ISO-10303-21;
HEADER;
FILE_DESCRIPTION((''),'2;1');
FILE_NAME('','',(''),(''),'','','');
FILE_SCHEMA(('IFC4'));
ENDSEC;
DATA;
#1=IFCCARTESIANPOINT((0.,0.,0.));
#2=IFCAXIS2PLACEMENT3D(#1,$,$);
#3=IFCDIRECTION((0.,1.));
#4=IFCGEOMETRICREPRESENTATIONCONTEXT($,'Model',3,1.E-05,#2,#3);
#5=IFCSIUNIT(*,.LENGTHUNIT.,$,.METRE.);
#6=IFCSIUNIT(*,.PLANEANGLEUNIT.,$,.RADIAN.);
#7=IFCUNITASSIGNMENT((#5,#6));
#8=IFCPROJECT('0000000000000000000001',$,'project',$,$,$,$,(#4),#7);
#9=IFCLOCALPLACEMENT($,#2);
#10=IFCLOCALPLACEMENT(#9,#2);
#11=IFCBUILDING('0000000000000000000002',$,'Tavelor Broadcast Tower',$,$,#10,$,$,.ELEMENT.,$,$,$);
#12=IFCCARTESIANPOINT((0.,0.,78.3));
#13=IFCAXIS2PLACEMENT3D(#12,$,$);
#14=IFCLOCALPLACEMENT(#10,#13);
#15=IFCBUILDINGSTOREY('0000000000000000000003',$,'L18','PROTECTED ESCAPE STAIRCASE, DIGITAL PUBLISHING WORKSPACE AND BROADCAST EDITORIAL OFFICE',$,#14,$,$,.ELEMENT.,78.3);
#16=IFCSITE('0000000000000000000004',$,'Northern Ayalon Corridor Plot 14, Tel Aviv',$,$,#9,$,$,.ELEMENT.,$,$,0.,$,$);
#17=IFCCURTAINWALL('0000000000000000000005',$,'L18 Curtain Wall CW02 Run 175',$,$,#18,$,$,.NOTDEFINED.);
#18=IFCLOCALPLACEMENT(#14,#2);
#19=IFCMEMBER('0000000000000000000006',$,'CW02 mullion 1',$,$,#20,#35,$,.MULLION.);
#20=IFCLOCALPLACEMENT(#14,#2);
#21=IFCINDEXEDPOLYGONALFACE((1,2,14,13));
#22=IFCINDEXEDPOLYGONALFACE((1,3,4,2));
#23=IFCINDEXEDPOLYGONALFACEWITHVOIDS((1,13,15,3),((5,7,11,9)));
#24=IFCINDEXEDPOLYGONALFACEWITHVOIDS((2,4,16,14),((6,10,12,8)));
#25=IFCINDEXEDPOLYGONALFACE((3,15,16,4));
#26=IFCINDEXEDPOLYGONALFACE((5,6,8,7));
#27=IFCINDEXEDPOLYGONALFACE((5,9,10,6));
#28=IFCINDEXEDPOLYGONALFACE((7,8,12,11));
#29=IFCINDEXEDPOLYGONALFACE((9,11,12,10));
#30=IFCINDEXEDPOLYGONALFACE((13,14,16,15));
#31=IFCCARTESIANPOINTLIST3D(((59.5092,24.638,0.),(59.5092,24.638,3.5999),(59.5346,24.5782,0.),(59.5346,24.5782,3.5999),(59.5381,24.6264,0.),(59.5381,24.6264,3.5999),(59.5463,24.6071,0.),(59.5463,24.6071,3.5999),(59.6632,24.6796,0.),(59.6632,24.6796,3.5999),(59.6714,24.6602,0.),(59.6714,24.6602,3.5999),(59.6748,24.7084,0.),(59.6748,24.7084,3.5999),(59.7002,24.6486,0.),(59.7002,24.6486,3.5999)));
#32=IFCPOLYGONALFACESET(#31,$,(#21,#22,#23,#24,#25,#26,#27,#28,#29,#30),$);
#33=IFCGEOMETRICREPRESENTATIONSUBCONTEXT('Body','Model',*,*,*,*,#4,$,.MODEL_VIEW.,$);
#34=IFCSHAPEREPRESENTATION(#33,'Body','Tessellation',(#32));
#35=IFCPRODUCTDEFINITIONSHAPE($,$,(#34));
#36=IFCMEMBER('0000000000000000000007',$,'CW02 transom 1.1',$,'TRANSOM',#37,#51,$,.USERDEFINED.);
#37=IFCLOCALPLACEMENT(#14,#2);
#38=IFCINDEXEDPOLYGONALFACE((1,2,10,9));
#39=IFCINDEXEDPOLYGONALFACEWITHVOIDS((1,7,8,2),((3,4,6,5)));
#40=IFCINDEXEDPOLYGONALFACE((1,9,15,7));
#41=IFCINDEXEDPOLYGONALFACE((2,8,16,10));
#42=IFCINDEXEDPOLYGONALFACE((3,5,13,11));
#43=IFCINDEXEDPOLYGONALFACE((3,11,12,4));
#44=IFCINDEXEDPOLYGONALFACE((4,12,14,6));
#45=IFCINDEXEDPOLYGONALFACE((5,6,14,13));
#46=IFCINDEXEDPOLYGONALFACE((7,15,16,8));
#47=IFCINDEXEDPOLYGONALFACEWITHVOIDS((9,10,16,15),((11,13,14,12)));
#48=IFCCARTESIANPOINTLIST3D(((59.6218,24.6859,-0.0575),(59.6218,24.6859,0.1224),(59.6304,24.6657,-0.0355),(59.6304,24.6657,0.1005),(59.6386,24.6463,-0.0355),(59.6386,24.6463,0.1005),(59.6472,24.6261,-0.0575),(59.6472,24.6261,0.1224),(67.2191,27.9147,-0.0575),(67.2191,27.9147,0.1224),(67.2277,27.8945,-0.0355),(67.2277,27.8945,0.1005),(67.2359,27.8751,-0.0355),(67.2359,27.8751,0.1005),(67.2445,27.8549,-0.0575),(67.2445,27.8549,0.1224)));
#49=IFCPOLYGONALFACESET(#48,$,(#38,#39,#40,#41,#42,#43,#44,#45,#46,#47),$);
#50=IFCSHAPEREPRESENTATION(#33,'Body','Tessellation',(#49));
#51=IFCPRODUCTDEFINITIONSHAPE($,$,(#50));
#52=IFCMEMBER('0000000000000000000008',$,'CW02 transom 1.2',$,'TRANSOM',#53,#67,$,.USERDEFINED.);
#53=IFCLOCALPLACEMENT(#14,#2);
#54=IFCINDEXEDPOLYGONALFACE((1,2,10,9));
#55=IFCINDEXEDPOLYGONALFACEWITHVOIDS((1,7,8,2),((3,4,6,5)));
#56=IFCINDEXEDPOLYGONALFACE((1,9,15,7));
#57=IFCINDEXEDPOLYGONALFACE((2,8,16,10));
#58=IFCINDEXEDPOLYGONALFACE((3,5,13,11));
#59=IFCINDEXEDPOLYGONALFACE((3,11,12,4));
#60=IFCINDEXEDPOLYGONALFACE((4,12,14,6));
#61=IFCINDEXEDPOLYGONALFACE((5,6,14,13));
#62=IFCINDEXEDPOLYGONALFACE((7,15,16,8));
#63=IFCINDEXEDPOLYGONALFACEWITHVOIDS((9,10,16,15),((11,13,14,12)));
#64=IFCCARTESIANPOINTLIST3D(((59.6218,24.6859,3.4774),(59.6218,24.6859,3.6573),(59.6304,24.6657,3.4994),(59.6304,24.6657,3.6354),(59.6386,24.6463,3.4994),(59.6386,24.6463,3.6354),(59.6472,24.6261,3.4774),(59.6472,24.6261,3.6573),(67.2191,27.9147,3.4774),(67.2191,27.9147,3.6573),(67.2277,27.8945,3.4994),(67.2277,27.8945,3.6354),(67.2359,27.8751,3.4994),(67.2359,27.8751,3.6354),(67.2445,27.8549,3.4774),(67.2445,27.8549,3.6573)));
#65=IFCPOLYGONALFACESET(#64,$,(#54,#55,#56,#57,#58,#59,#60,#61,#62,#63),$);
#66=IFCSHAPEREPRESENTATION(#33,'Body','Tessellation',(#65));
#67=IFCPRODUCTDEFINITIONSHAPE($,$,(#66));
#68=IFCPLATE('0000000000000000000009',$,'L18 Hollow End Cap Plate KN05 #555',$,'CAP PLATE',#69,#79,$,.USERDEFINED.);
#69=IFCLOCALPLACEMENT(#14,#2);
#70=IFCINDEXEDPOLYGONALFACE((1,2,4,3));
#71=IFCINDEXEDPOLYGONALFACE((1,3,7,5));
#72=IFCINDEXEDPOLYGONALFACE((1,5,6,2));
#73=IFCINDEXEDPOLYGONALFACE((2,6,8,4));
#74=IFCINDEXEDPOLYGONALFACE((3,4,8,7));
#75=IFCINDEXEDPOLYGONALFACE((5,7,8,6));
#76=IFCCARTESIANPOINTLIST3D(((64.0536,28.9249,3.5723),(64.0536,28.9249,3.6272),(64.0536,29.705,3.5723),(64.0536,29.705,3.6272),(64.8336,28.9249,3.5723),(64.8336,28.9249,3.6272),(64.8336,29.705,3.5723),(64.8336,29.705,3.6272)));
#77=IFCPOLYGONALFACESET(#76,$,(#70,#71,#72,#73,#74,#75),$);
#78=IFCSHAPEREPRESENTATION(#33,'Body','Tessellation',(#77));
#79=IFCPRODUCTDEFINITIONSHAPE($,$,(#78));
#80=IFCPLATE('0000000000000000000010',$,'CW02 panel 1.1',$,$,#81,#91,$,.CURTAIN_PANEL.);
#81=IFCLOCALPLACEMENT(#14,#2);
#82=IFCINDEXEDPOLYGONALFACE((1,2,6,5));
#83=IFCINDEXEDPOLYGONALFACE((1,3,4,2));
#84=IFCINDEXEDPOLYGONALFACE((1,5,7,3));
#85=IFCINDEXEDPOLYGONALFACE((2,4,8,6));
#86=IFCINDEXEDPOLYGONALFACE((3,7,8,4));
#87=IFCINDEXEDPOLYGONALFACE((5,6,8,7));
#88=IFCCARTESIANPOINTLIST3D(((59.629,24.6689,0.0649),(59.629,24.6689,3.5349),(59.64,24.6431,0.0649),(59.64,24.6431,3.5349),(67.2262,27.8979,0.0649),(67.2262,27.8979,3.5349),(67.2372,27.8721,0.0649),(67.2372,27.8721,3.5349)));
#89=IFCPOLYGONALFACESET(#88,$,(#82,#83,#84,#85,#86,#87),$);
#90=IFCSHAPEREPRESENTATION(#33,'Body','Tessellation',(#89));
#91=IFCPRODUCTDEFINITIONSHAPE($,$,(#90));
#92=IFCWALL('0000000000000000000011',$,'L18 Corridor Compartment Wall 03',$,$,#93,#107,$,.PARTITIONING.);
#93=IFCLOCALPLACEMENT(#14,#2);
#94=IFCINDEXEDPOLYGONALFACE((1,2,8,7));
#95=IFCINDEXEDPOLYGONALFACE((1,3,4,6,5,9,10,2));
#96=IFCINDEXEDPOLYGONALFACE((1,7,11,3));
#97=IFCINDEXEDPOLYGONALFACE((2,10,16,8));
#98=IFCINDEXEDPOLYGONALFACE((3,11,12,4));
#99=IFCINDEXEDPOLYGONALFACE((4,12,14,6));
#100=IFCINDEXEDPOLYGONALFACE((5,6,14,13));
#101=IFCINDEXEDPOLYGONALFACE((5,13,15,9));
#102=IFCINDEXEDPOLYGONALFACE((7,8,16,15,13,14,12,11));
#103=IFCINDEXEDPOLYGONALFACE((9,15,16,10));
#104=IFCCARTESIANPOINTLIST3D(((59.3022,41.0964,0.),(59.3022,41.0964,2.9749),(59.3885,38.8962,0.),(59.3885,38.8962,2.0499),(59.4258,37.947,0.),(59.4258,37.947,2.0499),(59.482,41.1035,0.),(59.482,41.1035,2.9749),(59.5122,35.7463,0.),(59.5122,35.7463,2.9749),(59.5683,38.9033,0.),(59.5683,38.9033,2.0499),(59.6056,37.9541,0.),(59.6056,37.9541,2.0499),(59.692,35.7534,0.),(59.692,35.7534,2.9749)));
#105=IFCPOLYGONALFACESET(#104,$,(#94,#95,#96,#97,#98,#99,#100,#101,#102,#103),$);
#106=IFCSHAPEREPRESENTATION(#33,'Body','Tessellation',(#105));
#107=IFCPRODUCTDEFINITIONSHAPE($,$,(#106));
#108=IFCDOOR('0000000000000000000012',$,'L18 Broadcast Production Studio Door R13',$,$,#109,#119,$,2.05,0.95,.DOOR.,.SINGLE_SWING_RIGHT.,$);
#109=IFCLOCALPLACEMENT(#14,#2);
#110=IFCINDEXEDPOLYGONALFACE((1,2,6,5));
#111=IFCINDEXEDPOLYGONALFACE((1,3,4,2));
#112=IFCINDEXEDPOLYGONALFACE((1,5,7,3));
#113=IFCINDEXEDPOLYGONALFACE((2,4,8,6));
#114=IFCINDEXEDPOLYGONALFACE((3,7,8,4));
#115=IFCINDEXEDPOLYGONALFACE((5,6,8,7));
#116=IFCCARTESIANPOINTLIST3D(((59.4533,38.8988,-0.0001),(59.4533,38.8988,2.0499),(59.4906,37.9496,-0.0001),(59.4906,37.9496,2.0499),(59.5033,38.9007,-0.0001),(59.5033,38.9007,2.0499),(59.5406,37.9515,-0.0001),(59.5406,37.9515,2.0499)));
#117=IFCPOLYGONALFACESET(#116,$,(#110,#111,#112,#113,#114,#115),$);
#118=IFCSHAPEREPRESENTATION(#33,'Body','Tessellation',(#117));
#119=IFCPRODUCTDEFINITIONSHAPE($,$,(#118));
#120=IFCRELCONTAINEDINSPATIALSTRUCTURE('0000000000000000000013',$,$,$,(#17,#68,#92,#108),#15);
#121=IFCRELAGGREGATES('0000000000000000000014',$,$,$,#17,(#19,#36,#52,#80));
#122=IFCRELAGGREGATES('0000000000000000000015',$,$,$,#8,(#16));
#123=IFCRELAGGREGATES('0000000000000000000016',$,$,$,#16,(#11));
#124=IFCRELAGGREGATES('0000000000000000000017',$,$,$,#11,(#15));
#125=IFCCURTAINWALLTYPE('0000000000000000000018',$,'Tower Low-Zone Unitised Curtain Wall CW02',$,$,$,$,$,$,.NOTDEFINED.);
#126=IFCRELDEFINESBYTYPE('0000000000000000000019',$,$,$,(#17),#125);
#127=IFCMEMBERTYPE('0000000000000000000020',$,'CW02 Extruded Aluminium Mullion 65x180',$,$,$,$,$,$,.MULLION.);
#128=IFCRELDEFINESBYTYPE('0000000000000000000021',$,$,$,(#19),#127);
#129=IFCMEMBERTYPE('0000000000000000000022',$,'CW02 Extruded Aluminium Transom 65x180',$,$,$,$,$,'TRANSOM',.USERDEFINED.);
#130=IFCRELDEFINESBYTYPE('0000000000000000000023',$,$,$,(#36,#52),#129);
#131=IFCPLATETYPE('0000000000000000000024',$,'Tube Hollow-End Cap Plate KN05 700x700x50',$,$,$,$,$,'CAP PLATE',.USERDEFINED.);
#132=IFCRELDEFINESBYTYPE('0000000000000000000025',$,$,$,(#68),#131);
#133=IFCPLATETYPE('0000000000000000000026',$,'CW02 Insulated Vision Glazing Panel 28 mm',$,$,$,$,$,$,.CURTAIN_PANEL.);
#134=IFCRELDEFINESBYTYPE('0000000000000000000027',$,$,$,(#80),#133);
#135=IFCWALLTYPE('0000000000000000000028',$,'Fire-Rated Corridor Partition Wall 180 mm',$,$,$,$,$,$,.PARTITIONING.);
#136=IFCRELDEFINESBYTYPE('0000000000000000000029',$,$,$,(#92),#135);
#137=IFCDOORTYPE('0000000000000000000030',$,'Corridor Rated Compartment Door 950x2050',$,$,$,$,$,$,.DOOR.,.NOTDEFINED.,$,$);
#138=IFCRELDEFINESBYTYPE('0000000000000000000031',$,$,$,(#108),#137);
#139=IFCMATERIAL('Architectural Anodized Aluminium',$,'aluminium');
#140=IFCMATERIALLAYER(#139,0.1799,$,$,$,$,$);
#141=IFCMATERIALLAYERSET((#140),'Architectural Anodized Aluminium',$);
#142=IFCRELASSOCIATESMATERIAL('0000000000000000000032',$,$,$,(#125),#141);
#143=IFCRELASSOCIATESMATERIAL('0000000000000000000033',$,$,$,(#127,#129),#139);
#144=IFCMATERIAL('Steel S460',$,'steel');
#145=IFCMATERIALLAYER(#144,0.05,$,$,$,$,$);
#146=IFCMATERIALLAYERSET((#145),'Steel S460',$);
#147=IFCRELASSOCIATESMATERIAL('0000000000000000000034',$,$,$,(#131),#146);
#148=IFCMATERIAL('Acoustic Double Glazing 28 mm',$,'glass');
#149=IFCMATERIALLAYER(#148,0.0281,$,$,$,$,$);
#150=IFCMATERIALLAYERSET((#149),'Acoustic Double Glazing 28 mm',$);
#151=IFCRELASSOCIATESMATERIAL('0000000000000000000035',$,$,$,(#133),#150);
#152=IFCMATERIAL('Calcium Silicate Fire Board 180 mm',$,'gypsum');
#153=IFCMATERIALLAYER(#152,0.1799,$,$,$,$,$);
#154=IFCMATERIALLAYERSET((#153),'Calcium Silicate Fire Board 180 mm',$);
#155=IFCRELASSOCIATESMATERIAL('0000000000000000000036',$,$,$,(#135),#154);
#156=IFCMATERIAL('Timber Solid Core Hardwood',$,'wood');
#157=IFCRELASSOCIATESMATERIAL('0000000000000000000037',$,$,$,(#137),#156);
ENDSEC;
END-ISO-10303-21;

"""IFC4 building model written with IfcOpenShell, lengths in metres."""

from ifc_helpers import new_model, si_unit, direction, frame, frame_2d, origin, origin_2d, place, context, subcontext, project, spatial, rectangle, hollow_rectangle, extrude, source, transform, mapped, material, layer, layer_set, material_profile, profile_set, type_object, type_shapes, element, fill, aggregate, save


model = new_model("IFC4")

# Units and contexts
model_context = context("Model", 3, precision=1e-05, world=origin(), true_north=direction((0.0, 1.0)))
body_context = subcontext(model_context, "Body", "Model", "MODEL_VIEW")
ifc_project = project(units=[si_unit("LENGTHUNIT", "METRE"), si_unit("PLANEANGLEUNIT", "RADIAN")], contexts=[model_context])

# Site, building, storey
site_placement = place(None, origin())
site = spatial("IfcSite", under=ifc_project, at=site_placement, Name="Northern Ayalon Corridor Plot 14, Tel Aviv", CompositionType="ELEMENT", RefElevation=0.0)
building_placement = place(site_placement, origin())
building = spatial("IfcBuilding", under=site, at=building_placement, Name="Tavelor Broadcast Tower", CompositionType="ELEMENT")
storey_placement = place(building_placement, frame((0.0, 0.0, 78.3)))
storey = spatial("IfcBuildingStorey", under=building, at=storey_placement, Name="L18", Description="PROTECTED ESCAPE STAIRCASE, DIGITAL PUBLISHING WORKSPACE AND BROADCAST EDITORIAL OFFICE", CompositionType="ELEMENT", Elevation=78.3)

# Shared definitions
ifc_material_1 = material(Name="Steel S460", Category="steel")

# Shared definitions
ifc_material_2 = material(Name="Architectural Anodized Aluminium", Category="aluminium")
ifc_layer_1 = layer(ifc_material_2, 0.1799)
ifc_layer_set_1 = layer_set([ifc_layer_1], Name="Architectural Anodized Aluminium")
curtain_wall_type = type_object("IfcCurtainWallType", Name="Tower Low-Zone Unitised Curtain Wall CW02", PredefinedType="NOTDEFINED", material=ifc_layer_set_1)
ifc_material_profile_1 = material_profile(ifc_material_2, hollow_rectangle(XDim=0.0649, YDim=0.1799, WallThickness=0.022, at=origin_2d()), Name="RHS 65x180x22")
ifc_profile_set_1 = profile_set([ifc_material_profile_1], Name="Architectural Anodized Aluminium")
member_type_1 = type_object("IfcMemberType", Name="CW02 Extruded Aluminium Mullion 65x180", PredefinedType="MULLION", material=ifc_profile_set_1)
shared_shape_1 = source(origin(), body_context, "Body", "SweptSolid", [
    extrude(hollow_rectangle(XDim=0.0649, YDim=0.1799, WallThickness=0.022, at=origin_2d()), origin(), (0.0, 0.0, 1.0), 3.5999),
])
type_shapes(member_type_1, [shared_shape_1])

# Curtain wall, members
curtain_wall_1_placement = place(storey_placement, origin())
curtain_wall_1 = element("IfcCurtainWall", 1, at=curtain_wall_1_placement, inside=storey, type_object=curtain_wall_type, Name="L18 Curtain Wall CW02 Run 175", PredefinedType="NOTDEFINED")
member_1_placement = place(storey_placement, frame((59.6047, 24.6433, 0.0), z_axis=(0.0, 0.0, 1.0), x_axis=(-0.391161, 0.920322, 0.0)))
member_1 = element("IfcMember", 2, at=member_1_placement, type_object=member_type_1, Name="CW02 mullion 1", PredefinedType="MULLION", context=body_context, shape_type="MappedRepresentation", body=[
    mapped(shared_shape_1, transform((0.0, 0.0, 0.0), scale=1.0)),
])
ifc_material_profile_2 = material_profile(ifc_material_2, hollow_rectangle(XDim=0.0649, YDim=0.1799, WallThickness=0.022, at=origin_2d()), Name="RHS 65x180x22")
ifc_profile_set_2 = profile_set([ifc_material_profile_2], Name="Architectural Anodized Aluminium")
member_type_2 = type_object("IfcMemberType", Name="CW02 Extruded Aluminium Transom 65x180", ElementType="TRANSOM", PredefinedType="USERDEFINED", material=ifc_profile_set_2)
shared_shape_2 = source(origin(), body_context, "Body", "SweptSolid", [
    extrude(hollow_rectangle(XDim=0.0649, YDim=0.1799, WallThickness=0.022, at=origin_2d()), origin(), (0.0, 0.0, 1.0), 8.2549),
])
type_shapes(member_type_2, [shared_shape_2])
member_2_placement = place(storey_placement, frame((59.6345, 24.656, 0.0325), z_axis=(0.920333, 0.391137, 0.0), x_axis=(-0.391137, 0.920333, 0.0)))
member_2 = element("IfcMember", 3, at=member_2_placement, type_object=member_type_2, Name="CW02 transom 1.1", ObjectType="TRANSOM", PredefinedType="USERDEFINED", context=body_context, shape_type="MappedRepresentation", body=[
    mapped(shared_shape_2, transform((0.0, 0.0, 0.0), scale=1.0)),
])
member_3_placement = place(storey_placement, frame((59.6345, 24.656, 3.5674), z_axis=(0.920333, 0.391137, 0.0), x_axis=(-0.391137, 0.920333, 0.0)))
member_3 = element("IfcMember", 4, at=member_3_placement, type_object=member_type_2, Name="CW02 transom 1.2", ObjectType="TRANSOM", PredefinedType="USERDEFINED", context=body_context, shape_type="MappedRepresentation", body=[
    mapped(shared_shape_2, transform((0.0, 0.0, 0.0), scale=1.0)),
])

# Plates
ifc_layer_2 = layer(ifc_material_1, 0.05)
ifc_layer_set_2 = layer_set([ifc_layer_2], Name="Steel S460")
plate_type_1 = type_object("IfcPlateType", Name="Tube Hollow-End Cap Plate KN05 700x700x50", ElementType="CAP PLATE", PredefinedType="USERDEFINED", material=ifc_layer_set_2)
shared_shape_3 = source(origin(), body_context, "Body", "SweptSolid", [
    extrude(rectangle(XDim=0.78, YDim=0.78, at=origin_2d()), origin(), (0.0, 0.0, 1.0), 0.0549),
])
type_shapes(plate_type_1, [shared_shape_3])
plate_1_placement = place(storey_placement, frame((64.4436, 29.3149, 3.5723), z_axis=(0.0, 0.0, 1.0), x_axis=(1.0, 0.0, 0.0)))
element("IfcPlate", 5, at=plate_1_placement, inside=storey, type_object=plate_type_1, Name="L18 Hollow End Cap Plate KN05 #555", ObjectType="CAP PLATE", PredefinedType="USERDEFINED", context=body_context, shape_type="MappedRepresentation", body=[
    mapped(shared_shape_3, transform((0.0, 0.0, 0.0), scale=1.0)),
])
ifc_material_3 = material(Name="Acoustic Double Glazing 28 mm", Category="glass")
ifc_layer_3 = layer(ifc_material_3, 0.0281)
ifc_layer_set_3 = layer_set([ifc_layer_3], Name="Acoustic Double Glazing 28 mm")
plate_type_2 = type_object("IfcPlateType", Name="CW02 Insulated Vision Glazing Panel 28 mm", PredefinedType="CURTAIN_PANEL", material=ifc_layer_set_3)
shared_shape_4 = source(origin(), body_context, "Body", "SweptSolid", [
    extrude(rectangle(XDim=8.2549, YDim=0.0281, at=origin_2d()), origin(), (0.0, 0.0, 1.0), 3.47),
])
type_shapes(plate_type_2, [shared_shape_4])
plate_2_placement = place(storey_placement, frame((63.4331, 26.2705, 0.0649), z_axis=(0.0, 0.0, 1.0), x_axis=(0.920322, 0.391161, 0.0)))
plate_2 = element("IfcPlate", 6, at=plate_2_placement, type_object=plate_type_2, Name="CW02 panel 1.1", PredefinedType="CURTAIN_PANEL", context=body_context, shape_type="MappedRepresentation", body=[
    mapped(shared_shape_4, transform((0.0, 0.0, 0.0), scale=1.0)),
])
aggregate(curtain_wall_1, [member_1, member_2, member_3, plate_2])

# Wall, opening, door
ifc_material_4 = material(Name="Calcium Silicate Fire Board 180 mm", Category="gypsum")
ifc_layer_4 = layer(ifc_material_4, 0.1799)
ifc_layer_set_4 = layer_set([ifc_layer_4], Name="Calcium Silicate Fire Board 180 mm")
wall_type_1 = type_object("IfcWallType", Name="Fire-Rated Corridor Partition Wall 180 mm", PredefinedType="PARTITIONING", material=ifc_layer_set_4)
wall_1_placement = place(storey_placement, frame((59.3921, 41.1001, 0.0), z_axis=(0.0, 0.0, 1.0), x_axis=(0.039214, -0.999231, 0.0)))
wall_1 = element("IfcWall", 7, at=wall_1_placement, inside=storey, type_object=wall_type_1, Name="L18 Corridor Compartment Wall 03", PredefinedType="PARTITIONING", context=body_context, shape_type="SweptSolid", body=[
    extrude(rectangle(XDim=5.3542, YDim=0.1799, at=frame_2d((2.6772, 0.0))), origin(), (0.0, 0.0, 1.0), 2.9749),
])
opening_1_placement = place(wall_1_placement, frame((2.2019, 0.0, 0.0)))
opening_1 = element("IfcOpeningElement", 8, at=opening_1_placement, cuts=wall_1, PredefinedType="OPENING", context=body_context, shape_type="SweptSolid", body=[
    extrude(rectangle(XDim=0.95, YDim=2.05, at=frame_2d((0.4751, 1.0249))), frame((0.0, 0.1001, 0.0), z_axis=(0.0, -1.0, 0.0), x_axis=(1.0, 0.0, 0.0)), (0.0, 0.0, 1.0), 0.2),
])
ifc_material_5 = material(Name="Timber Solid Core Hardwood", Category="wood")
door_type_1 = type_object("IfcDoorType", Name="Corridor Rated Compartment Door 950x2050", OperationType="NOTDEFINED", PredefinedType="DOOR", material=ifc_material_5)
door_1_placement = place(opening_1_placement, origin())
door_1 = element("IfcDoor", 9, at=door_1_placement, inside=storey, type_object=door_type_1, Name="L18 Broadcast Production Studio Door R13", OperationType="SINGLE_SWING_RIGHT", OverallHeight=2.05, OverallWidth=0.95, PredefinedType="DOOR", context=body_context, shape_type="SweptSolid", body=[
    extrude(rectangle(XDim=0.95, YDim=2.05, at=frame_2d((0.4751, 1.0249))), frame((0.0, 0.0249, 0.0), z_axis=(0.0, -1.0, 0.0), x_axis=(1.0, 0.0, 0.0)), (0.0, 0.0, 1.0), 0.05),
])
fill(opening_1, door_1)

save(model, "model.ifc")
